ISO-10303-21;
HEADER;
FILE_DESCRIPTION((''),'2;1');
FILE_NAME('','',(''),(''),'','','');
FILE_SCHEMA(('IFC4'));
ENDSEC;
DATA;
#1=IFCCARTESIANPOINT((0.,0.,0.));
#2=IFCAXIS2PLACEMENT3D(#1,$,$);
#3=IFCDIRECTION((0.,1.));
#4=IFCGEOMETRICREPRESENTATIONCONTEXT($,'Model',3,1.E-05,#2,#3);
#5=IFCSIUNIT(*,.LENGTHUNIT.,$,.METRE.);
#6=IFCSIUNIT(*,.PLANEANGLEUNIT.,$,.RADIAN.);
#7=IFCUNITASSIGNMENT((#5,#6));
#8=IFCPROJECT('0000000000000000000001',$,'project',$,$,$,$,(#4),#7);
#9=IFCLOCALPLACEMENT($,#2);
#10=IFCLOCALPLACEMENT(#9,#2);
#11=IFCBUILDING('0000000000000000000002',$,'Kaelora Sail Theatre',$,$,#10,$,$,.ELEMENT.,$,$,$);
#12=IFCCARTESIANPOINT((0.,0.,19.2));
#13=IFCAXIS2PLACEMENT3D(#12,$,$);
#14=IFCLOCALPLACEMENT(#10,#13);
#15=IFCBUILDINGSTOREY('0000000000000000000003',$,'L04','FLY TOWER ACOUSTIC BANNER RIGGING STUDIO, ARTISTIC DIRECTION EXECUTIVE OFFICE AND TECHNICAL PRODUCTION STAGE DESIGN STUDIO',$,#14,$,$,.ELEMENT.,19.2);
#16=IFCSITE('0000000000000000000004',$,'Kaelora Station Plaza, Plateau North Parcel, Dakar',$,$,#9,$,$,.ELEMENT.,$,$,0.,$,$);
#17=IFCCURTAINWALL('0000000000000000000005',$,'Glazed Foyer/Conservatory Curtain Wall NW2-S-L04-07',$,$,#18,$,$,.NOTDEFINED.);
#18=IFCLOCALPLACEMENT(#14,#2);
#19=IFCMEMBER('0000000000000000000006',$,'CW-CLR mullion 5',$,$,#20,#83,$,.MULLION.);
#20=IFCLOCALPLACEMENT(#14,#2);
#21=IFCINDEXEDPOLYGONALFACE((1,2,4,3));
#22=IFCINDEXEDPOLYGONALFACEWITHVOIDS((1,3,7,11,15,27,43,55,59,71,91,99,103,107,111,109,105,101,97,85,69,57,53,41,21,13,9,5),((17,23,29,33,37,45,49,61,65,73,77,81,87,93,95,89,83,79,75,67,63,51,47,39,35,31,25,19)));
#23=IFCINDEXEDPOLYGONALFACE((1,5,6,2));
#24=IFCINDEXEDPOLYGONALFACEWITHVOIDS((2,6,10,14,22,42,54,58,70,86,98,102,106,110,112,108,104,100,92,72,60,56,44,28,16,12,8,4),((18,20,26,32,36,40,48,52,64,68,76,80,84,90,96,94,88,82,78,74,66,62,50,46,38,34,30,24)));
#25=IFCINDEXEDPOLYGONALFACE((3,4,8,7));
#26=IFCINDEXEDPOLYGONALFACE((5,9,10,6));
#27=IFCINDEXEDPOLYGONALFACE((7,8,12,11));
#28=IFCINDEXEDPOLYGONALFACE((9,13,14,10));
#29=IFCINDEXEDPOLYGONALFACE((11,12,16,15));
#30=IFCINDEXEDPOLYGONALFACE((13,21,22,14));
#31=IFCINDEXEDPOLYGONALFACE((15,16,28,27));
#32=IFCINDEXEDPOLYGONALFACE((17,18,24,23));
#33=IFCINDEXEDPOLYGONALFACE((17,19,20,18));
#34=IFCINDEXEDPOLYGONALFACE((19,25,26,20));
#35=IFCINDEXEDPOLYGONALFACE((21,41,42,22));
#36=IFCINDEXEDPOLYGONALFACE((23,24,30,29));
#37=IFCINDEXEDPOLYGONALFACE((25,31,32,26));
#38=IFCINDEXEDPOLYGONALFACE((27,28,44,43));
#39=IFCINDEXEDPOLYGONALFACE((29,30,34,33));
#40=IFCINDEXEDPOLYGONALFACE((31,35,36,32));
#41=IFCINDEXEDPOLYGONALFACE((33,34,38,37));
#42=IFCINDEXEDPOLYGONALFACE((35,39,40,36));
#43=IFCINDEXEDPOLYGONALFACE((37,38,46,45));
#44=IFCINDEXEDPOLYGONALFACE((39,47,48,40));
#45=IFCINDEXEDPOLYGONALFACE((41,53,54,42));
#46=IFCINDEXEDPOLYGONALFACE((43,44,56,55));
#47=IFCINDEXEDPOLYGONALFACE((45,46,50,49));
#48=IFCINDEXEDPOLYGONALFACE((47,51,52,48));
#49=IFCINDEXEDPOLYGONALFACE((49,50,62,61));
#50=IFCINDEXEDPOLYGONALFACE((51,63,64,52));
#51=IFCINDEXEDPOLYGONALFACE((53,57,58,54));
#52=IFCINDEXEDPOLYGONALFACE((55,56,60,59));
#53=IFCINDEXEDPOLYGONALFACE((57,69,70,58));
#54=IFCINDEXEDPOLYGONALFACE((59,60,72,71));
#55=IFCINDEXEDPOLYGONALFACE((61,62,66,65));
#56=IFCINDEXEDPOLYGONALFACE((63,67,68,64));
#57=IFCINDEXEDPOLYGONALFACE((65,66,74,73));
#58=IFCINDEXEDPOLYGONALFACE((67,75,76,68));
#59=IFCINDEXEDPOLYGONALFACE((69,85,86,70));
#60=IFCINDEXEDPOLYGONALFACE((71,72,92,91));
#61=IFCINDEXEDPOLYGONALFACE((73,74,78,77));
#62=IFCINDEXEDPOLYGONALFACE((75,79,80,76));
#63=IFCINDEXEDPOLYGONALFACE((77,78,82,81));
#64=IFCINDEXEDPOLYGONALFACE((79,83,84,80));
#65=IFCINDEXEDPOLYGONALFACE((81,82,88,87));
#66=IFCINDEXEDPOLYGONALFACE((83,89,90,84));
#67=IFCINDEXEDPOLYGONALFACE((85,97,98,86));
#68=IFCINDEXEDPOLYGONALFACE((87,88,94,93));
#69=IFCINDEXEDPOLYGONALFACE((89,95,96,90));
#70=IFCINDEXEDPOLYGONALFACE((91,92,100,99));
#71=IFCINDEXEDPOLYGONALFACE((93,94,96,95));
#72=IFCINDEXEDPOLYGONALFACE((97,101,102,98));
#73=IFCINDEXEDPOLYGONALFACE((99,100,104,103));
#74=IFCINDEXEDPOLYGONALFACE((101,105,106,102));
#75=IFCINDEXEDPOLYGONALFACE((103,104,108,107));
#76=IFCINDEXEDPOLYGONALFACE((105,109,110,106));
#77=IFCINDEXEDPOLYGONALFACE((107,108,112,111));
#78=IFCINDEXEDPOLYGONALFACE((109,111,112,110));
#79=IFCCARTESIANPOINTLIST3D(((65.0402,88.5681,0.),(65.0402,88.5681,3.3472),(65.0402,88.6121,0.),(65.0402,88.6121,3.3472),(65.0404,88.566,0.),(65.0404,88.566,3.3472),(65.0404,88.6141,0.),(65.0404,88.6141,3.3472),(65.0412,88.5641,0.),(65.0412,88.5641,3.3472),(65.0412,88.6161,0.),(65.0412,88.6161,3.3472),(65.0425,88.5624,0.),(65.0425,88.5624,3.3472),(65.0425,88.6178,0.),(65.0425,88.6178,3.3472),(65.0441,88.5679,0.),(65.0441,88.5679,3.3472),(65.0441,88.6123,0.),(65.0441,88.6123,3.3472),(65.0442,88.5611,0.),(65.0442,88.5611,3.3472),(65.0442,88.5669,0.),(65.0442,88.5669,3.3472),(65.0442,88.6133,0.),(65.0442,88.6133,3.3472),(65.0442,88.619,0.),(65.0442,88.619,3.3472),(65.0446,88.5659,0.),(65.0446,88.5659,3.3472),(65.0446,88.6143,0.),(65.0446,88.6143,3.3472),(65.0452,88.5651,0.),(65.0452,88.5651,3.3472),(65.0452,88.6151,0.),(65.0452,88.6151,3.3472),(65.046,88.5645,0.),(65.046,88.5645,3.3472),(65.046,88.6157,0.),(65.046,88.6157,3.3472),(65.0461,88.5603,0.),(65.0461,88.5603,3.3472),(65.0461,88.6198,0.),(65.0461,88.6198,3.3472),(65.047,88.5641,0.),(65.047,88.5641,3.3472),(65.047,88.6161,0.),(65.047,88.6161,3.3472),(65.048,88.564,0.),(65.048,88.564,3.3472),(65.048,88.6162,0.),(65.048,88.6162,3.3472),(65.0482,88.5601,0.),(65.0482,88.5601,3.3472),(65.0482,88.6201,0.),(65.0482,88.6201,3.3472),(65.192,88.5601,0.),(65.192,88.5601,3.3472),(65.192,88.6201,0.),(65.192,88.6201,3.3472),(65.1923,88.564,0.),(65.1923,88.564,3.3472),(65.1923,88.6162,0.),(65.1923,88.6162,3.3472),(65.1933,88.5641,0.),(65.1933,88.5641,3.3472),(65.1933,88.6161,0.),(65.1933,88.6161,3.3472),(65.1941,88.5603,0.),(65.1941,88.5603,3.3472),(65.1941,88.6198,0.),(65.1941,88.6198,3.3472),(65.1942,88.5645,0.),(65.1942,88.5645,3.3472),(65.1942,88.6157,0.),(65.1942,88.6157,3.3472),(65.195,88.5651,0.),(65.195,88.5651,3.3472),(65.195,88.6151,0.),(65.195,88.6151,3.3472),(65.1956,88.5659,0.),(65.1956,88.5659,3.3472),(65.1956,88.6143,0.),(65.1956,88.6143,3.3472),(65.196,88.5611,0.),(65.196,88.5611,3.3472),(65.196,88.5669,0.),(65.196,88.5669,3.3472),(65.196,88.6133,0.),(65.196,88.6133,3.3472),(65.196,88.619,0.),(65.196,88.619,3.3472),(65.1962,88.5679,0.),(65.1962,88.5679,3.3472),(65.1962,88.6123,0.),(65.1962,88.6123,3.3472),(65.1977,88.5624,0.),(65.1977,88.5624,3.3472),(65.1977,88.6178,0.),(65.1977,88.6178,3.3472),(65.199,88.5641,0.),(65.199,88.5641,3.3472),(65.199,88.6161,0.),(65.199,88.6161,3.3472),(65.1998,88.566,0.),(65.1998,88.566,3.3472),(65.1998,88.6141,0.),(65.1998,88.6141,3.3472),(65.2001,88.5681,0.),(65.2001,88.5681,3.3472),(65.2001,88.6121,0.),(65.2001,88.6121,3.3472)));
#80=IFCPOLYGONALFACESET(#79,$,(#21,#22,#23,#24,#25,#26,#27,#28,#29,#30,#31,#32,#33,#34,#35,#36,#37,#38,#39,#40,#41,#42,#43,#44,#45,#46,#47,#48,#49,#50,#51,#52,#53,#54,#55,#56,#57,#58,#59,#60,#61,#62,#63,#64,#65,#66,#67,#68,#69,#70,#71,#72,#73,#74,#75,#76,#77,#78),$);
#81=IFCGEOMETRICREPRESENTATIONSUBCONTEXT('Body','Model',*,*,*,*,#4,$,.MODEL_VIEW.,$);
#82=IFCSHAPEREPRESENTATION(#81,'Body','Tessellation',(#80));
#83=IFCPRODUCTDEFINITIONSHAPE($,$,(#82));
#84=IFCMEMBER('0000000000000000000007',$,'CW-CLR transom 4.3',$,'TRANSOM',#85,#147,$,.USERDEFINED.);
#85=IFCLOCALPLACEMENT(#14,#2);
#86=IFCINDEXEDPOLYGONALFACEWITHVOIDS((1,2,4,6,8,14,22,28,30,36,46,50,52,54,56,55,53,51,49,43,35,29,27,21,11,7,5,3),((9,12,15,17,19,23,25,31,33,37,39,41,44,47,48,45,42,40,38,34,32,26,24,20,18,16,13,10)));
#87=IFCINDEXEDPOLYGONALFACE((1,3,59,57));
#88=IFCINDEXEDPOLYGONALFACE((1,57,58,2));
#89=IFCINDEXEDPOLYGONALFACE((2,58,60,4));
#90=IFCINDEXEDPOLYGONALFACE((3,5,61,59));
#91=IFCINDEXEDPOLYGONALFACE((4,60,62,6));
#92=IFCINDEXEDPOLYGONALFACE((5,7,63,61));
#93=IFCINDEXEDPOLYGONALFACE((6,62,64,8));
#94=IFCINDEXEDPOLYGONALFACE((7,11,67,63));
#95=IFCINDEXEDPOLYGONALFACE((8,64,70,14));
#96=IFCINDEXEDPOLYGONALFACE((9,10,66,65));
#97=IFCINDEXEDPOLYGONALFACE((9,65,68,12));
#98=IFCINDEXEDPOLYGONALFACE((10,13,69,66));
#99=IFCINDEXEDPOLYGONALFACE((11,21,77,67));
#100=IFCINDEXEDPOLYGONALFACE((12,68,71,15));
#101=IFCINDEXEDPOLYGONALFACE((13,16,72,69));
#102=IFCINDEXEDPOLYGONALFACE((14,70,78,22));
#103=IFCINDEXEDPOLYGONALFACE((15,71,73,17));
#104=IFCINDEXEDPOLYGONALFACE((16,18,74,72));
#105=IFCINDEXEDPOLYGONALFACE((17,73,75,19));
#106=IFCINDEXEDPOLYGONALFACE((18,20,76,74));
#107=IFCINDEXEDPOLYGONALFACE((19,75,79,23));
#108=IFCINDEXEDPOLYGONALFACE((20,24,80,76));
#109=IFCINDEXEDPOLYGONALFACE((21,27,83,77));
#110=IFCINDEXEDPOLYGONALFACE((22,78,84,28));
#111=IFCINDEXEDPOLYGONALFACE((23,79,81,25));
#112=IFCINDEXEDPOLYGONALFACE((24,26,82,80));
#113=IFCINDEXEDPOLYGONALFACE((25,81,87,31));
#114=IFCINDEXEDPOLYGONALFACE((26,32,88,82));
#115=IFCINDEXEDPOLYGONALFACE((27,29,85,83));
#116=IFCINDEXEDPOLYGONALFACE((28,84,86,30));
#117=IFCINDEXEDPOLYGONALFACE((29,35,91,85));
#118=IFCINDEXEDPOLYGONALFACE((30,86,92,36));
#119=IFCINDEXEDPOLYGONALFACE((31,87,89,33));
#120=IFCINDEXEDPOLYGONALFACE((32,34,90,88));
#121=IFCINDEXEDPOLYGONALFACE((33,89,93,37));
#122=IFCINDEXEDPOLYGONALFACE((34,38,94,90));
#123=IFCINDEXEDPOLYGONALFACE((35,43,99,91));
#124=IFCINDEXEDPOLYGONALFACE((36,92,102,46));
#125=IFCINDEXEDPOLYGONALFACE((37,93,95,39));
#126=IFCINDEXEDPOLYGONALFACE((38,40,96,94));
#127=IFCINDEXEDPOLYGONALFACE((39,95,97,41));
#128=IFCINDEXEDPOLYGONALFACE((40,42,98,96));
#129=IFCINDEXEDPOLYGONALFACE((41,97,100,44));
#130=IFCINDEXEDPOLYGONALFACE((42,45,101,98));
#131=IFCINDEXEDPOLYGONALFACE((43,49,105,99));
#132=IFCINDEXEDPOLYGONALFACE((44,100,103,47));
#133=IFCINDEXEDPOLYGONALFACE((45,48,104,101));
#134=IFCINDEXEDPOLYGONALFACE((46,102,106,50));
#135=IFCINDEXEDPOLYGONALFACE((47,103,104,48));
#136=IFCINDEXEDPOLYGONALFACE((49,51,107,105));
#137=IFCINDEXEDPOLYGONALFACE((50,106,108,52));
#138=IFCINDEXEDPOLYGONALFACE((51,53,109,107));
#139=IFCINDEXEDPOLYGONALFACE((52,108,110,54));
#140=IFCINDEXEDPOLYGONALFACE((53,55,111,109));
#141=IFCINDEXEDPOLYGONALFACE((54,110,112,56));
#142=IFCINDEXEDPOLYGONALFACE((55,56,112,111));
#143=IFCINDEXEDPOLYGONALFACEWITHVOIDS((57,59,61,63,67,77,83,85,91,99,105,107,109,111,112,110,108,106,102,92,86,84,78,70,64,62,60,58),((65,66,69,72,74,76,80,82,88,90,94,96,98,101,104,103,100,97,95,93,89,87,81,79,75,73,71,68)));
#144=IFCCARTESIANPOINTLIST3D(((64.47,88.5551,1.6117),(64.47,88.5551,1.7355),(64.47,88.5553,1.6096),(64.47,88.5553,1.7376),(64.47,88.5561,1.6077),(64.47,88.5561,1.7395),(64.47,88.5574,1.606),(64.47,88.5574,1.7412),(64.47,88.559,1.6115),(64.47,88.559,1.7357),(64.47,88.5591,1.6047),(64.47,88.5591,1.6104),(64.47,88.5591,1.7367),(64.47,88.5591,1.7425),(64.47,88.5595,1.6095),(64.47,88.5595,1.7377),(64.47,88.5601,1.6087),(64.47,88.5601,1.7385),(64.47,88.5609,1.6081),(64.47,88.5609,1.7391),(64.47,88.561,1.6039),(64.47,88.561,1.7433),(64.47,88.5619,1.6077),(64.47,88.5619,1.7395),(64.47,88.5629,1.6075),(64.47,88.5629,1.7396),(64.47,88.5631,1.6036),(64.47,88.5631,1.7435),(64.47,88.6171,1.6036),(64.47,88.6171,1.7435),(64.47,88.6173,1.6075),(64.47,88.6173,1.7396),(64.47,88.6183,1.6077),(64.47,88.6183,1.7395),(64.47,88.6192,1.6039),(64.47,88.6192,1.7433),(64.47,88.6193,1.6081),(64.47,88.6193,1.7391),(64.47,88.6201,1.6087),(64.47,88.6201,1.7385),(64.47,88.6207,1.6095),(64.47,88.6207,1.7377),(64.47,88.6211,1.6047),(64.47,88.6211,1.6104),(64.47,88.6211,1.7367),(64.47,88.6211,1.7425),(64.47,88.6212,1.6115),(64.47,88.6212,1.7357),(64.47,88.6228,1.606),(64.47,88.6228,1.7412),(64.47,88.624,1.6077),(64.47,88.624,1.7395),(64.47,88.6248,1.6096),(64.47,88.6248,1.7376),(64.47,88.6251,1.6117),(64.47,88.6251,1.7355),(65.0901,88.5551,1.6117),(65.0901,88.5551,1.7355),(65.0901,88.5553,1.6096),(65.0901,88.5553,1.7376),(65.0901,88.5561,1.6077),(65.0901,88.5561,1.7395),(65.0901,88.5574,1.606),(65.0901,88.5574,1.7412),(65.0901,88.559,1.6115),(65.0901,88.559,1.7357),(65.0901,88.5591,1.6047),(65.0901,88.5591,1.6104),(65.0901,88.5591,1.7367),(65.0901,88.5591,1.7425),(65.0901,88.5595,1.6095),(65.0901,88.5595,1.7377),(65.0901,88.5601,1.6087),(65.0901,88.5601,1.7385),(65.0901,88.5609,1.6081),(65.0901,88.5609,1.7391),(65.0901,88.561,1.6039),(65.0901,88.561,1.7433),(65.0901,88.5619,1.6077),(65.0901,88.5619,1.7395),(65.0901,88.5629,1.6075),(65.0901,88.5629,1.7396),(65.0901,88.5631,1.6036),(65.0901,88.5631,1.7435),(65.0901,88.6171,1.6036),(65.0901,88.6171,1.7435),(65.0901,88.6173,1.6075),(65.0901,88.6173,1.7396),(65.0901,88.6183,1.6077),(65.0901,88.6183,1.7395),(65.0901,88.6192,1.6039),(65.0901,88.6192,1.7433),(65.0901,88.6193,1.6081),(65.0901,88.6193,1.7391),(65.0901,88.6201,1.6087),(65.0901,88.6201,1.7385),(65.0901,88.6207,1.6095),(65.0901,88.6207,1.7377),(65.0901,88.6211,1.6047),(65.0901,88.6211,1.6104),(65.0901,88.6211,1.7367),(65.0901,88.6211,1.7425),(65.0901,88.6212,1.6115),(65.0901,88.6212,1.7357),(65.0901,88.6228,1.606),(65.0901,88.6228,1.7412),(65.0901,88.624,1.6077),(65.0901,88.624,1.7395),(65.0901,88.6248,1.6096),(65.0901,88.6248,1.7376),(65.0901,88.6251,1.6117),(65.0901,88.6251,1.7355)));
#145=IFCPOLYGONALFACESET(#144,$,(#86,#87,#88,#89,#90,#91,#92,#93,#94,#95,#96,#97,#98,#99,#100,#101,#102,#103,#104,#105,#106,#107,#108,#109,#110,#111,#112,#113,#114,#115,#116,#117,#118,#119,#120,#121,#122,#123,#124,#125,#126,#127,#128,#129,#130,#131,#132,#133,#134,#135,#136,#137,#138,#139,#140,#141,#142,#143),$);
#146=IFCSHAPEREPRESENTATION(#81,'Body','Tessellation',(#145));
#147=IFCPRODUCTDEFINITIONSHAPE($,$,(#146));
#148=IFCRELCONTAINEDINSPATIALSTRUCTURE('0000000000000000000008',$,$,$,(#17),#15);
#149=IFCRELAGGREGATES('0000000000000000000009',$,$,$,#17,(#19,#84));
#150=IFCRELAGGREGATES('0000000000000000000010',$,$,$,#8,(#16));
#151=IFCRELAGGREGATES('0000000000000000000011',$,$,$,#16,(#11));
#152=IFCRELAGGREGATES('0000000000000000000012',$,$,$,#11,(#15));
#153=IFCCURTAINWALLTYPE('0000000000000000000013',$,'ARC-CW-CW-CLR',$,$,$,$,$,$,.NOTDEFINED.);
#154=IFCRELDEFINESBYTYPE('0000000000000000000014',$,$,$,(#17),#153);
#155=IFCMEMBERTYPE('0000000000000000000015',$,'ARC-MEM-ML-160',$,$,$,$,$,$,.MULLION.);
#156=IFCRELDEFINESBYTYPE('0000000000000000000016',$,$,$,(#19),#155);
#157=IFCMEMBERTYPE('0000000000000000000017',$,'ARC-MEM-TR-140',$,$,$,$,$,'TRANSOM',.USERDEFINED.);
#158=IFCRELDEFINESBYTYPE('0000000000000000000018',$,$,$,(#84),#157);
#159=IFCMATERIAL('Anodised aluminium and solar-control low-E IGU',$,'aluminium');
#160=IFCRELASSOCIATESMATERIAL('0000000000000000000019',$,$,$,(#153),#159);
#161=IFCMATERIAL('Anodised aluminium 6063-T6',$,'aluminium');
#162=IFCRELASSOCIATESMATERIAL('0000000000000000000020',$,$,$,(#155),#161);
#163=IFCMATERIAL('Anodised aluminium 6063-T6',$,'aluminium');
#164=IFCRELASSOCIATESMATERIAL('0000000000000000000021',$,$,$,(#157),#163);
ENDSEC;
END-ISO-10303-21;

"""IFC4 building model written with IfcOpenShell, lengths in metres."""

from ifc_helpers import new_model, si_unit, direction, frame, origin, origin_2d, place, context, subcontext, project, spatial, hollow_rectangle, extrude, material, material_profile, profile_set, type_object, element, aggregate, save


model = new_model("IFC4")

# Units and contexts
model_context = context("Model", 3, precision=1e-05, world=origin(), true_north=direction((0.0, 1.0)))
body_context = subcontext(model_context, "Body", "Model", "MODEL_VIEW")
ifc_project = project(units=[si_unit("LENGTHUNIT", "METRE"), si_unit("PLANEANGLEUNIT", "RADIAN")], contexts=[model_context])

# Site, building, storey
site_placement = place(None, origin())
site = spatial("IfcSite", under=ifc_project, at=site_placement, Name="Kaelora Station Plaza, Plateau North Parcel, Dakar", CompositionType="ELEMENT", RefElevation=0.0)
building_placement = place(site_placement, origin())
building = spatial("IfcBuilding", under=site, at=building_placement, Name="Kaelora Sail Theatre", CompositionType="ELEMENT")
storey_placement = place(building_placement, frame((0.0, 0.0, 19.2)))
storey = spatial("IfcBuildingStorey", under=building, at=storey_placement, Name="L04", Description="FLY TOWER ACOUSTIC BANNER RIGGING STUDIO, ARTISTIC DIRECTION EXECUTIVE OFFICE AND TECHNICAL PRODUCTION STAGE DESIGN STUDIO", CompositionType="ELEMENT", Elevation=19.2)

# Curtain wall, members
ifc_material_1 = material(Name="Anodised aluminium and solar-control low-E IGU", Category="aluminium")
curtain_wall_type = type_object("IfcCurtainWallType", Name="ARC-CW-CW-CLR", PredefinedType="NOTDEFINED", material=ifc_material_1)
curtain_wall_placement = place(storey_placement, origin())
curtain_wall = element("IfcCurtainWall", 1, at=curtain_wall_placement, inside=storey, type_object=curtain_wall_type, Name="Glazed Foyer/Conservatory Curtain Wall NW2-S-L04-07", PredefinedType="NOTDEFINED")
ifc_material_2 = material(Name="Anodised aluminium 6063-T6", Category="aluminium")
ifc_material_profile_1 = material_profile(ifc_material_2, hollow_rectangle(XDim=0.0601, YDim=0.1599, WallThickness=0.0039, InnerFilletRadius=0.0039, OuterFilletRadius=0.0081, at=origin_2d()), Name="ALU-MULL 60x160x4")
ifc_profile_set_1 = profile_set([ifc_material_profile_1], Name="Anodised aluminium 6063-T6")
member_type_1 = type_object("IfcMemberType", Name="ARC-MEM-ML-160", PredefinedType="MULLION", material=ifc_profile_set_1)
member_1_placement = place(storey_placement, frame((65.1201, 88.5901, 0.0), z_axis=(0.0, 0.0, 1.0), x_axis=(0.0, 1.0, 0.0)))
member_1 = element("IfcMember", 2, at=member_1_placement, type_object=member_type_1, Name="CW-CLR mullion 5", PredefinedType="MULLION", context=body_context, shape_type="SweptSolid", body=[
    extrude(hollow_rectangle(XDim=0.0601, YDim=0.1599, WallThickness=0.0039, InnerFilletRadius=0.0039, OuterFilletRadius=0.0081, at=origin_2d()), origin(), (0.0, 0.0, 1.0), 3.3472),
])
ifc_material_3 = material(Name="Anodised aluminium 6063-T6", Category="aluminium")
ifc_material_profile_2 = material_profile(ifc_material_3, hollow_rectangle(XDim=0.0701, YDim=0.1399, WallThickness=0.0039, InnerFilletRadius=0.0039, OuterFilletRadius=0.0081, at=origin_2d()), Name="ALU-TRAN 70x140x4")
ifc_profile_set_2 = profile_set([ifc_material_profile_2], Name="Anodised aluminium 6063-T6")
member_type_2 = type_object("IfcMemberType", Name="ARC-MEM-TR-140", ElementType="TRANSOM", PredefinedType="USERDEFINED", material=ifc_profile_set_2)
member_2_placement = place(storey_placement, frame((64.47, 88.5901, 1.6736), z_axis=(1.0, 0.0, 0.0), x_axis=(0.0, 1.0, 0.0)))
member_2 = element("IfcMember", 3, at=member_2_placement, type_object=member_type_2, Name="CW-CLR transom 4.3", ObjectType="TRANSOM", PredefinedType="USERDEFINED", context=body_context, shape_type="SweptSolid", body=[
    extrude(hollow_rectangle(XDim=0.0701, YDim=0.1399, WallThickness=0.0039, InnerFilletRadius=0.0039, OuterFilletRadius=0.0081, at=origin_2d()), origin(), (0.0, 0.0, 1.0), 0.6201),
])

aggregate(curtain_wall, [member_1, member_2])

save(model, "model.ifc")
